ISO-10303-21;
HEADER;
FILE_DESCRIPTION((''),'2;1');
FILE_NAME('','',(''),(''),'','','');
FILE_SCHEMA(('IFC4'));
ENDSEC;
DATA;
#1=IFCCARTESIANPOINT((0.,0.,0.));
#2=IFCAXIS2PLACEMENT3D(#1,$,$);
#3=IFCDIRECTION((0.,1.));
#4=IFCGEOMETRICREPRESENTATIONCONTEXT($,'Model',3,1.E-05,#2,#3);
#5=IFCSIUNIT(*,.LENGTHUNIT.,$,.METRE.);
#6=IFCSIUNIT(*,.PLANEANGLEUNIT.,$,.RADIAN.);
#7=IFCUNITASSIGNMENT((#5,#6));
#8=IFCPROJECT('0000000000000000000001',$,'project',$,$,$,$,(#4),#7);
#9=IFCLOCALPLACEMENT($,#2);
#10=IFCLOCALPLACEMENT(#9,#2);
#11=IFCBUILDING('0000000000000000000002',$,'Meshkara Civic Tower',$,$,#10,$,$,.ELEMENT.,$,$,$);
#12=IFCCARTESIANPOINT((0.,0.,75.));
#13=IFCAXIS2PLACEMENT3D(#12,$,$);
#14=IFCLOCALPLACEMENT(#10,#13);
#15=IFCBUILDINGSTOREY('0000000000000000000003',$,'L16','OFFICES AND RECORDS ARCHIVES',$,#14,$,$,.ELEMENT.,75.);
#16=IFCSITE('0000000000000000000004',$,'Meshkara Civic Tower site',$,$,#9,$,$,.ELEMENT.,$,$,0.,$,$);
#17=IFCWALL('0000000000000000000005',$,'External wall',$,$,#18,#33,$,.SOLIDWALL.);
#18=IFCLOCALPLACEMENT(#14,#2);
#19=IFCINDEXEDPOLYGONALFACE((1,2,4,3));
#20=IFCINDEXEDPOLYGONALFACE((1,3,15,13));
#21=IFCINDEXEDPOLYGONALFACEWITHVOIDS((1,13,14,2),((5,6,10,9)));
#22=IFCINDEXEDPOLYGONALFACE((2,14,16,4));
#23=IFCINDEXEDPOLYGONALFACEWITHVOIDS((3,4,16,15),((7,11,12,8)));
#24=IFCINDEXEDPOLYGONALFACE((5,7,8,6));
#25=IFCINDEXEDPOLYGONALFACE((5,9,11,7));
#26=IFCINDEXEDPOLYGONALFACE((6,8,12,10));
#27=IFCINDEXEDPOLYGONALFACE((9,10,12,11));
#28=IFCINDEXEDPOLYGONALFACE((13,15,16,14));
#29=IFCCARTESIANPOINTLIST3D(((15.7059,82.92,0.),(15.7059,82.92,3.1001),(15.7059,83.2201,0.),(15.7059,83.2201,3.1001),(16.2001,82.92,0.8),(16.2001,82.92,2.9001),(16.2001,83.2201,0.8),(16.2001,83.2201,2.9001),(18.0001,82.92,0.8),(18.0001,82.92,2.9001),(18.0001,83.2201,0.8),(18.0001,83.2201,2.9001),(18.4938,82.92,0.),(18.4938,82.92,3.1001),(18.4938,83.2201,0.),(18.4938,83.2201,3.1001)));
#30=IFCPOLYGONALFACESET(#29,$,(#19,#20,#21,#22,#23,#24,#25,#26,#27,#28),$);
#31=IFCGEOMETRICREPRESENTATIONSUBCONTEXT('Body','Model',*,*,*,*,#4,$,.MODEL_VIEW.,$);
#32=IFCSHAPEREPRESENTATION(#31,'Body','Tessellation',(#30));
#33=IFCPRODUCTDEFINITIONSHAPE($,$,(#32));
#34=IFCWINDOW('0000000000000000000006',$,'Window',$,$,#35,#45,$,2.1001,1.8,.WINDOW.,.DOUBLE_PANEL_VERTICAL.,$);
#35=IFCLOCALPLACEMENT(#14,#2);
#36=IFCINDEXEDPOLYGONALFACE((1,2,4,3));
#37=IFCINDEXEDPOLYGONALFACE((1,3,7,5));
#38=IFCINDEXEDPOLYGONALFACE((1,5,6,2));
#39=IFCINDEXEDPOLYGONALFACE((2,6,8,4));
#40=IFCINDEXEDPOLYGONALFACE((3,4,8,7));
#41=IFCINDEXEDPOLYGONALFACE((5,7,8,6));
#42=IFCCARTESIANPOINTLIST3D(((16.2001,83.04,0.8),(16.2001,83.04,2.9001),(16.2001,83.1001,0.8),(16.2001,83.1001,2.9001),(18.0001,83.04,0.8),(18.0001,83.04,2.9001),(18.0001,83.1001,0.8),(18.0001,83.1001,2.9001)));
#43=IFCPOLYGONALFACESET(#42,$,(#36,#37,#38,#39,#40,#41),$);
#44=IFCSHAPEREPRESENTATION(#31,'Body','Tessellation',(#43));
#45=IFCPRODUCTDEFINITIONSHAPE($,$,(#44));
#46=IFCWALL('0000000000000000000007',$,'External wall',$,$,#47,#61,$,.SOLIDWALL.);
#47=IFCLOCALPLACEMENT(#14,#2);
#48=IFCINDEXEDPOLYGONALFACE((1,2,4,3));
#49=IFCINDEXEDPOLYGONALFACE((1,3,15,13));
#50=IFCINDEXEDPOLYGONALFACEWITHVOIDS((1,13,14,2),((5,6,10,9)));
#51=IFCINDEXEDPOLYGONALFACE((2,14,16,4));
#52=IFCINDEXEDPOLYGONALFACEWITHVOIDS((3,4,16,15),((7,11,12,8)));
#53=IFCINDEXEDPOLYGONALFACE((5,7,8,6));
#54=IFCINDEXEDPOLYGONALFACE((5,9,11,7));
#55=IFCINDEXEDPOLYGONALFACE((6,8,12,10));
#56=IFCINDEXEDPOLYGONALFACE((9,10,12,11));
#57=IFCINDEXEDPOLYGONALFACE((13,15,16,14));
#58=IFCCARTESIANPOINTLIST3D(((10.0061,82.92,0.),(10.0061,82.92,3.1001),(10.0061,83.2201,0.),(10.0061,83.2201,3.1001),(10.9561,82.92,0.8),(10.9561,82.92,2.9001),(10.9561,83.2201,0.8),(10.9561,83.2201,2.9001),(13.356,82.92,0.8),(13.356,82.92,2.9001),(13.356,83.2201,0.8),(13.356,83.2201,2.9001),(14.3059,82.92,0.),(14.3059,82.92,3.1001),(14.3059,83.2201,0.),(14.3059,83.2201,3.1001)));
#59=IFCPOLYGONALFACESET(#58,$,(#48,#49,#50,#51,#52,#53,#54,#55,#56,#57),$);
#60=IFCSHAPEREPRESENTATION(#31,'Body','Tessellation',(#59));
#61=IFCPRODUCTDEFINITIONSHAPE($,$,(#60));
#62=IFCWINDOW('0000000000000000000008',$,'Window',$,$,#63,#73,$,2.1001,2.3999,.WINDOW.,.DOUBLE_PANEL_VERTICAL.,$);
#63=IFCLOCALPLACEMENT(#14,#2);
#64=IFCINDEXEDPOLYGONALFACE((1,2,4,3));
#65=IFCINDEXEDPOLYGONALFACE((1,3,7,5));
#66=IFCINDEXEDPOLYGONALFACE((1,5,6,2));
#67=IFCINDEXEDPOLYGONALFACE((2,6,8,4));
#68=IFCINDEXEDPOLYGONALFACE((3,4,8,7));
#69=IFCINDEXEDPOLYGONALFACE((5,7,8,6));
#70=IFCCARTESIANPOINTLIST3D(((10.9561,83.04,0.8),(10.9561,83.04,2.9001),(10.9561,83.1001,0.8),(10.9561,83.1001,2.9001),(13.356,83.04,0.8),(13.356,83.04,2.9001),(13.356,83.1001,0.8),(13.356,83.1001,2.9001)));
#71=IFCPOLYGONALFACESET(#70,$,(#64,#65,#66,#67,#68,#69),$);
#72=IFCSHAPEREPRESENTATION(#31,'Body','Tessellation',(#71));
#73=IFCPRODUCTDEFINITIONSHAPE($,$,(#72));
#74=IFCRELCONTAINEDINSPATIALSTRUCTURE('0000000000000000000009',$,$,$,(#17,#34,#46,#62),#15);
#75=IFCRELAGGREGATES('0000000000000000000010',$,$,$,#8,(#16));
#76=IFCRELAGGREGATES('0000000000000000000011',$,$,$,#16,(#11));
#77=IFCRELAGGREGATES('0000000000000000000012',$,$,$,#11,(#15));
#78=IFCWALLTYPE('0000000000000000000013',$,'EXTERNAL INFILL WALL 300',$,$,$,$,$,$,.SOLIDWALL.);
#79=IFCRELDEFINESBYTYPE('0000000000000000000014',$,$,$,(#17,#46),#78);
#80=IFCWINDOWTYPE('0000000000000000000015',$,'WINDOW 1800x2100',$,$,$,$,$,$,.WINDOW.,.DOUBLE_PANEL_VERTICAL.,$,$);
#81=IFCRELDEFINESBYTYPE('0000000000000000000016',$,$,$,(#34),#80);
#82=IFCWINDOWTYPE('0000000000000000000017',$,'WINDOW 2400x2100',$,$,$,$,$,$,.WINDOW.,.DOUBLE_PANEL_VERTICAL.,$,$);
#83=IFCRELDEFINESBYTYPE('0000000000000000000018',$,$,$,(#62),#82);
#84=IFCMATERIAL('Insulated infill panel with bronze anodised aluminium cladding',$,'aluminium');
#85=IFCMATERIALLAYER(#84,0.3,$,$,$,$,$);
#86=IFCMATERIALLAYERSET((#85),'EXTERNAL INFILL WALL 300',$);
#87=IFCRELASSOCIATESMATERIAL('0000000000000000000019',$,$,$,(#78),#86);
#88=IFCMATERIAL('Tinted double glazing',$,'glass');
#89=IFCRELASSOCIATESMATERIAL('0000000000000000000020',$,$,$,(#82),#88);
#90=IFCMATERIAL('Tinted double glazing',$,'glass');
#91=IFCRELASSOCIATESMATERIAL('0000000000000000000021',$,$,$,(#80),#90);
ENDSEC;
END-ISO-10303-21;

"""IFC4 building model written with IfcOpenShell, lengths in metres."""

from ifc_helpers import new_model, si_unit, direction, frame, frame_2d, origin, place, context, subcontext, project, spatial, rectangle, extrude, material, layer, layer_set, type_object, element, fill, save


model = new_model("IFC4")

# Units and contexts
model_context = context("Model", 3, precision=1e-05, world=origin(), true_north=direction((0.0, 1.0)))
body_context = subcontext(model_context, "Body", "Model", "MODEL_VIEW")
ifc_project = project(units=[si_unit("LENGTHUNIT", "METRE"), si_unit("PLANEANGLEUNIT", "RADIAN")], contexts=[model_context])

# Site, building, storey
site_placement = place(None, origin())
site = spatial("IfcSite", under=ifc_project, at=site_placement, Name="Meshkara Civic Tower site", CompositionType="ELEMENT", RefElevation=0.0)
building_placement = place(site_placement, origin())
building = spatial("IfcBuilding", under=site, at=building_placement, Name="Meshkara Civic Tower", CompositionType="ELEMENT")
storey_placement = place(building_placement, frame((0.0, 0.0, 75.0)))
storey = spatial("IfcBuildingStorey", under=building, at=storey_placement, Name="L16", Description="OFFICES AND RECORDS ARCHIVES", CompositionType="ELEMENT", Elevation=75.0)

# Walls, openings, windows
ifc_material_1 = material(Name="Insulated infill panel with bronze anodised aluminium cladding", Category="aluminium")
ifc_layer = layer(ifc_material_1, 0.3)
ifc_layer_set = layer_set([ifc_layer], Name="EXTERNAL INFILL WALL 300")
wall_type = type_object("IfcWallType", Name="EXTERNAL INFILL WALL 300", PredefinedType="SOLIDWALL", material=ifc_layer_set)
ifc_material_2 = material(Name="Tinted double glazing", Category="glass")
window_type_1 = type_object("IfcWindowType", Name="WINDOW 2400x2100", PartitioningType="DOUBLE_PANEL_VERTICAL", PredefinedType="WINDOW", material=ifc_material_2)
ifc_material_3 = material(Name="Tinted double glazing", Category="glass")
window_type_2 = type_object("IfcWindowType", Name="WINDOW 1800x2100", PartitioningType="DOUBLE_PANEL_VERTICAL", PredefinedType="WINDOW", material=ifc_material_3)
wall_1_placement = place(storey_placement, frame((18.4939, 83.0701, 0.0), z_axis=(0.0, 0.0, 1.0), x_axis=(-1.0, 0.0, 0.0)))
wall_1 = element("IfcWall", 1, at=wall_1_placement, inside=storey, type_object=wall_type, Name="External wall", PredefinedType="SOLIDWALL", context=body_context, shape_type="SweptSolid", body=[
    extrude(rectangle(XDim=2.7878, YDim=0.3, at=frame_2d((1.394, 0.0))), origin(), (0.0, 0.0, 1.0), 3.1001),
])
opening_1_placement = place(wall_1_placement, frame((0.4939, 0.0, 0.8)))
opening_1 = element("IfcOpeningElement", 2, at=opening_1_placement, cuts=wall_1, PredefinedType="OPENING", context=body_context, shape_type="SweptSolid", body=[
    extrude(rectangle(XDim=1.8, YDim=2.1001, at=frame_2d((0.8999, 1.05))), frame((0.0, 0.1599, 0.0), z_axis=(0.0, -1.0, 0.0), x_axis=(1.0, 0.0, 0.0)), (0.0, 0.0, 1.0), 0.3201),
])
window_1_placement = place(opening_1_placement, origin())
window_1 = element("IfcWindow", 3, at=window_1_placement, inside=storey, type_object=window_type_2, Name="Window", OverallHeight=2.1001, OverallWidth=1.8, PartitioningType="DOUBLE_PANEL_VERTICAL", PredefinedType="WINDOW", context=body_context, shape_type="SweptSolid", body=[
    extrude(rectangle(XDim=1.8, YDim=2.1001, at=frame_2d((0.8999, 1.05))), frame((0.0, 0.03, 0.0), z_axis=(0.0, -1.0, 0.0), x_axis=(1.0, 0.0, 0.0)), (0.0, 0.0, 1.0), 0.0601),
])
fill(opening_1, window_1)
wall_2_placement = place(storey_placement, frame((14.3059, 83.0701, 0.0), z_axis=(0.0, 0.0, 1.0), x_axis=(-1.0, 0.0, 0.0)))
wall_2 = element("IfcWall", 4, at=wall_2_placement, inside=storey, type_object=wall_type, Name="External wall", PredefinedType="SOLIDWALL", context=body_context, shape_type="SweptSolid", body=[
    extrude(rectangle(XDim=4.2998, YDim=0.3, at=frame_2d((2.1499, 0.0))), origin(), (0.0, 0.0, 1.0), 3.1001),
])
opening_2_placement = place(wall_2_placement, frame((0.95, 0.0, 0.8)))
opening_2 = element("IfcOpeningElement", 5, at=opening_2_placement, cuts=wall_2, PredefinedType="OPENING", context=body_context, shape_type="SweptSolid", body=[
    extrude(rectangle(XDim=2.3999, YDim=2.1001, at=frame_2d((1.2, 1.05))), frame((0.0, 0.1599, 0.0), z_axis=(0.0, -1.0, 0.0), x_axis=(1.0, 0.0, 0.0)), (0.0, 0.0, 1.0), 0.3201),
])
window_2_placement = place(opening_2_placement, origin())
window_2 = element("IfcWindow", 6, at=window_2_placement, inside=storey, type_object=window_type_1, Name="Window", OverallHeight=2.1001, OverallWidth=2.3999, PartitioningType="DOUBLE_PANEL_VERTICAL", PredefinedType="WINDOW", context=body_context, shape_type="SweptSolid", body=[
    extrude(rectangle(XDim=2.3999, YDim=2.1001, at=frame_2d((1.2, 1.05))), frame((0.0, 0.03, 0.0), z_axis=(0.0, -1.0, 0.0), x_axis=(1.0, 0.0, 0.0)), (0.0, 0.0, 1.0), 0.0601),
])
fill(opening_2, window_2)

save(model, "model.ifc")
